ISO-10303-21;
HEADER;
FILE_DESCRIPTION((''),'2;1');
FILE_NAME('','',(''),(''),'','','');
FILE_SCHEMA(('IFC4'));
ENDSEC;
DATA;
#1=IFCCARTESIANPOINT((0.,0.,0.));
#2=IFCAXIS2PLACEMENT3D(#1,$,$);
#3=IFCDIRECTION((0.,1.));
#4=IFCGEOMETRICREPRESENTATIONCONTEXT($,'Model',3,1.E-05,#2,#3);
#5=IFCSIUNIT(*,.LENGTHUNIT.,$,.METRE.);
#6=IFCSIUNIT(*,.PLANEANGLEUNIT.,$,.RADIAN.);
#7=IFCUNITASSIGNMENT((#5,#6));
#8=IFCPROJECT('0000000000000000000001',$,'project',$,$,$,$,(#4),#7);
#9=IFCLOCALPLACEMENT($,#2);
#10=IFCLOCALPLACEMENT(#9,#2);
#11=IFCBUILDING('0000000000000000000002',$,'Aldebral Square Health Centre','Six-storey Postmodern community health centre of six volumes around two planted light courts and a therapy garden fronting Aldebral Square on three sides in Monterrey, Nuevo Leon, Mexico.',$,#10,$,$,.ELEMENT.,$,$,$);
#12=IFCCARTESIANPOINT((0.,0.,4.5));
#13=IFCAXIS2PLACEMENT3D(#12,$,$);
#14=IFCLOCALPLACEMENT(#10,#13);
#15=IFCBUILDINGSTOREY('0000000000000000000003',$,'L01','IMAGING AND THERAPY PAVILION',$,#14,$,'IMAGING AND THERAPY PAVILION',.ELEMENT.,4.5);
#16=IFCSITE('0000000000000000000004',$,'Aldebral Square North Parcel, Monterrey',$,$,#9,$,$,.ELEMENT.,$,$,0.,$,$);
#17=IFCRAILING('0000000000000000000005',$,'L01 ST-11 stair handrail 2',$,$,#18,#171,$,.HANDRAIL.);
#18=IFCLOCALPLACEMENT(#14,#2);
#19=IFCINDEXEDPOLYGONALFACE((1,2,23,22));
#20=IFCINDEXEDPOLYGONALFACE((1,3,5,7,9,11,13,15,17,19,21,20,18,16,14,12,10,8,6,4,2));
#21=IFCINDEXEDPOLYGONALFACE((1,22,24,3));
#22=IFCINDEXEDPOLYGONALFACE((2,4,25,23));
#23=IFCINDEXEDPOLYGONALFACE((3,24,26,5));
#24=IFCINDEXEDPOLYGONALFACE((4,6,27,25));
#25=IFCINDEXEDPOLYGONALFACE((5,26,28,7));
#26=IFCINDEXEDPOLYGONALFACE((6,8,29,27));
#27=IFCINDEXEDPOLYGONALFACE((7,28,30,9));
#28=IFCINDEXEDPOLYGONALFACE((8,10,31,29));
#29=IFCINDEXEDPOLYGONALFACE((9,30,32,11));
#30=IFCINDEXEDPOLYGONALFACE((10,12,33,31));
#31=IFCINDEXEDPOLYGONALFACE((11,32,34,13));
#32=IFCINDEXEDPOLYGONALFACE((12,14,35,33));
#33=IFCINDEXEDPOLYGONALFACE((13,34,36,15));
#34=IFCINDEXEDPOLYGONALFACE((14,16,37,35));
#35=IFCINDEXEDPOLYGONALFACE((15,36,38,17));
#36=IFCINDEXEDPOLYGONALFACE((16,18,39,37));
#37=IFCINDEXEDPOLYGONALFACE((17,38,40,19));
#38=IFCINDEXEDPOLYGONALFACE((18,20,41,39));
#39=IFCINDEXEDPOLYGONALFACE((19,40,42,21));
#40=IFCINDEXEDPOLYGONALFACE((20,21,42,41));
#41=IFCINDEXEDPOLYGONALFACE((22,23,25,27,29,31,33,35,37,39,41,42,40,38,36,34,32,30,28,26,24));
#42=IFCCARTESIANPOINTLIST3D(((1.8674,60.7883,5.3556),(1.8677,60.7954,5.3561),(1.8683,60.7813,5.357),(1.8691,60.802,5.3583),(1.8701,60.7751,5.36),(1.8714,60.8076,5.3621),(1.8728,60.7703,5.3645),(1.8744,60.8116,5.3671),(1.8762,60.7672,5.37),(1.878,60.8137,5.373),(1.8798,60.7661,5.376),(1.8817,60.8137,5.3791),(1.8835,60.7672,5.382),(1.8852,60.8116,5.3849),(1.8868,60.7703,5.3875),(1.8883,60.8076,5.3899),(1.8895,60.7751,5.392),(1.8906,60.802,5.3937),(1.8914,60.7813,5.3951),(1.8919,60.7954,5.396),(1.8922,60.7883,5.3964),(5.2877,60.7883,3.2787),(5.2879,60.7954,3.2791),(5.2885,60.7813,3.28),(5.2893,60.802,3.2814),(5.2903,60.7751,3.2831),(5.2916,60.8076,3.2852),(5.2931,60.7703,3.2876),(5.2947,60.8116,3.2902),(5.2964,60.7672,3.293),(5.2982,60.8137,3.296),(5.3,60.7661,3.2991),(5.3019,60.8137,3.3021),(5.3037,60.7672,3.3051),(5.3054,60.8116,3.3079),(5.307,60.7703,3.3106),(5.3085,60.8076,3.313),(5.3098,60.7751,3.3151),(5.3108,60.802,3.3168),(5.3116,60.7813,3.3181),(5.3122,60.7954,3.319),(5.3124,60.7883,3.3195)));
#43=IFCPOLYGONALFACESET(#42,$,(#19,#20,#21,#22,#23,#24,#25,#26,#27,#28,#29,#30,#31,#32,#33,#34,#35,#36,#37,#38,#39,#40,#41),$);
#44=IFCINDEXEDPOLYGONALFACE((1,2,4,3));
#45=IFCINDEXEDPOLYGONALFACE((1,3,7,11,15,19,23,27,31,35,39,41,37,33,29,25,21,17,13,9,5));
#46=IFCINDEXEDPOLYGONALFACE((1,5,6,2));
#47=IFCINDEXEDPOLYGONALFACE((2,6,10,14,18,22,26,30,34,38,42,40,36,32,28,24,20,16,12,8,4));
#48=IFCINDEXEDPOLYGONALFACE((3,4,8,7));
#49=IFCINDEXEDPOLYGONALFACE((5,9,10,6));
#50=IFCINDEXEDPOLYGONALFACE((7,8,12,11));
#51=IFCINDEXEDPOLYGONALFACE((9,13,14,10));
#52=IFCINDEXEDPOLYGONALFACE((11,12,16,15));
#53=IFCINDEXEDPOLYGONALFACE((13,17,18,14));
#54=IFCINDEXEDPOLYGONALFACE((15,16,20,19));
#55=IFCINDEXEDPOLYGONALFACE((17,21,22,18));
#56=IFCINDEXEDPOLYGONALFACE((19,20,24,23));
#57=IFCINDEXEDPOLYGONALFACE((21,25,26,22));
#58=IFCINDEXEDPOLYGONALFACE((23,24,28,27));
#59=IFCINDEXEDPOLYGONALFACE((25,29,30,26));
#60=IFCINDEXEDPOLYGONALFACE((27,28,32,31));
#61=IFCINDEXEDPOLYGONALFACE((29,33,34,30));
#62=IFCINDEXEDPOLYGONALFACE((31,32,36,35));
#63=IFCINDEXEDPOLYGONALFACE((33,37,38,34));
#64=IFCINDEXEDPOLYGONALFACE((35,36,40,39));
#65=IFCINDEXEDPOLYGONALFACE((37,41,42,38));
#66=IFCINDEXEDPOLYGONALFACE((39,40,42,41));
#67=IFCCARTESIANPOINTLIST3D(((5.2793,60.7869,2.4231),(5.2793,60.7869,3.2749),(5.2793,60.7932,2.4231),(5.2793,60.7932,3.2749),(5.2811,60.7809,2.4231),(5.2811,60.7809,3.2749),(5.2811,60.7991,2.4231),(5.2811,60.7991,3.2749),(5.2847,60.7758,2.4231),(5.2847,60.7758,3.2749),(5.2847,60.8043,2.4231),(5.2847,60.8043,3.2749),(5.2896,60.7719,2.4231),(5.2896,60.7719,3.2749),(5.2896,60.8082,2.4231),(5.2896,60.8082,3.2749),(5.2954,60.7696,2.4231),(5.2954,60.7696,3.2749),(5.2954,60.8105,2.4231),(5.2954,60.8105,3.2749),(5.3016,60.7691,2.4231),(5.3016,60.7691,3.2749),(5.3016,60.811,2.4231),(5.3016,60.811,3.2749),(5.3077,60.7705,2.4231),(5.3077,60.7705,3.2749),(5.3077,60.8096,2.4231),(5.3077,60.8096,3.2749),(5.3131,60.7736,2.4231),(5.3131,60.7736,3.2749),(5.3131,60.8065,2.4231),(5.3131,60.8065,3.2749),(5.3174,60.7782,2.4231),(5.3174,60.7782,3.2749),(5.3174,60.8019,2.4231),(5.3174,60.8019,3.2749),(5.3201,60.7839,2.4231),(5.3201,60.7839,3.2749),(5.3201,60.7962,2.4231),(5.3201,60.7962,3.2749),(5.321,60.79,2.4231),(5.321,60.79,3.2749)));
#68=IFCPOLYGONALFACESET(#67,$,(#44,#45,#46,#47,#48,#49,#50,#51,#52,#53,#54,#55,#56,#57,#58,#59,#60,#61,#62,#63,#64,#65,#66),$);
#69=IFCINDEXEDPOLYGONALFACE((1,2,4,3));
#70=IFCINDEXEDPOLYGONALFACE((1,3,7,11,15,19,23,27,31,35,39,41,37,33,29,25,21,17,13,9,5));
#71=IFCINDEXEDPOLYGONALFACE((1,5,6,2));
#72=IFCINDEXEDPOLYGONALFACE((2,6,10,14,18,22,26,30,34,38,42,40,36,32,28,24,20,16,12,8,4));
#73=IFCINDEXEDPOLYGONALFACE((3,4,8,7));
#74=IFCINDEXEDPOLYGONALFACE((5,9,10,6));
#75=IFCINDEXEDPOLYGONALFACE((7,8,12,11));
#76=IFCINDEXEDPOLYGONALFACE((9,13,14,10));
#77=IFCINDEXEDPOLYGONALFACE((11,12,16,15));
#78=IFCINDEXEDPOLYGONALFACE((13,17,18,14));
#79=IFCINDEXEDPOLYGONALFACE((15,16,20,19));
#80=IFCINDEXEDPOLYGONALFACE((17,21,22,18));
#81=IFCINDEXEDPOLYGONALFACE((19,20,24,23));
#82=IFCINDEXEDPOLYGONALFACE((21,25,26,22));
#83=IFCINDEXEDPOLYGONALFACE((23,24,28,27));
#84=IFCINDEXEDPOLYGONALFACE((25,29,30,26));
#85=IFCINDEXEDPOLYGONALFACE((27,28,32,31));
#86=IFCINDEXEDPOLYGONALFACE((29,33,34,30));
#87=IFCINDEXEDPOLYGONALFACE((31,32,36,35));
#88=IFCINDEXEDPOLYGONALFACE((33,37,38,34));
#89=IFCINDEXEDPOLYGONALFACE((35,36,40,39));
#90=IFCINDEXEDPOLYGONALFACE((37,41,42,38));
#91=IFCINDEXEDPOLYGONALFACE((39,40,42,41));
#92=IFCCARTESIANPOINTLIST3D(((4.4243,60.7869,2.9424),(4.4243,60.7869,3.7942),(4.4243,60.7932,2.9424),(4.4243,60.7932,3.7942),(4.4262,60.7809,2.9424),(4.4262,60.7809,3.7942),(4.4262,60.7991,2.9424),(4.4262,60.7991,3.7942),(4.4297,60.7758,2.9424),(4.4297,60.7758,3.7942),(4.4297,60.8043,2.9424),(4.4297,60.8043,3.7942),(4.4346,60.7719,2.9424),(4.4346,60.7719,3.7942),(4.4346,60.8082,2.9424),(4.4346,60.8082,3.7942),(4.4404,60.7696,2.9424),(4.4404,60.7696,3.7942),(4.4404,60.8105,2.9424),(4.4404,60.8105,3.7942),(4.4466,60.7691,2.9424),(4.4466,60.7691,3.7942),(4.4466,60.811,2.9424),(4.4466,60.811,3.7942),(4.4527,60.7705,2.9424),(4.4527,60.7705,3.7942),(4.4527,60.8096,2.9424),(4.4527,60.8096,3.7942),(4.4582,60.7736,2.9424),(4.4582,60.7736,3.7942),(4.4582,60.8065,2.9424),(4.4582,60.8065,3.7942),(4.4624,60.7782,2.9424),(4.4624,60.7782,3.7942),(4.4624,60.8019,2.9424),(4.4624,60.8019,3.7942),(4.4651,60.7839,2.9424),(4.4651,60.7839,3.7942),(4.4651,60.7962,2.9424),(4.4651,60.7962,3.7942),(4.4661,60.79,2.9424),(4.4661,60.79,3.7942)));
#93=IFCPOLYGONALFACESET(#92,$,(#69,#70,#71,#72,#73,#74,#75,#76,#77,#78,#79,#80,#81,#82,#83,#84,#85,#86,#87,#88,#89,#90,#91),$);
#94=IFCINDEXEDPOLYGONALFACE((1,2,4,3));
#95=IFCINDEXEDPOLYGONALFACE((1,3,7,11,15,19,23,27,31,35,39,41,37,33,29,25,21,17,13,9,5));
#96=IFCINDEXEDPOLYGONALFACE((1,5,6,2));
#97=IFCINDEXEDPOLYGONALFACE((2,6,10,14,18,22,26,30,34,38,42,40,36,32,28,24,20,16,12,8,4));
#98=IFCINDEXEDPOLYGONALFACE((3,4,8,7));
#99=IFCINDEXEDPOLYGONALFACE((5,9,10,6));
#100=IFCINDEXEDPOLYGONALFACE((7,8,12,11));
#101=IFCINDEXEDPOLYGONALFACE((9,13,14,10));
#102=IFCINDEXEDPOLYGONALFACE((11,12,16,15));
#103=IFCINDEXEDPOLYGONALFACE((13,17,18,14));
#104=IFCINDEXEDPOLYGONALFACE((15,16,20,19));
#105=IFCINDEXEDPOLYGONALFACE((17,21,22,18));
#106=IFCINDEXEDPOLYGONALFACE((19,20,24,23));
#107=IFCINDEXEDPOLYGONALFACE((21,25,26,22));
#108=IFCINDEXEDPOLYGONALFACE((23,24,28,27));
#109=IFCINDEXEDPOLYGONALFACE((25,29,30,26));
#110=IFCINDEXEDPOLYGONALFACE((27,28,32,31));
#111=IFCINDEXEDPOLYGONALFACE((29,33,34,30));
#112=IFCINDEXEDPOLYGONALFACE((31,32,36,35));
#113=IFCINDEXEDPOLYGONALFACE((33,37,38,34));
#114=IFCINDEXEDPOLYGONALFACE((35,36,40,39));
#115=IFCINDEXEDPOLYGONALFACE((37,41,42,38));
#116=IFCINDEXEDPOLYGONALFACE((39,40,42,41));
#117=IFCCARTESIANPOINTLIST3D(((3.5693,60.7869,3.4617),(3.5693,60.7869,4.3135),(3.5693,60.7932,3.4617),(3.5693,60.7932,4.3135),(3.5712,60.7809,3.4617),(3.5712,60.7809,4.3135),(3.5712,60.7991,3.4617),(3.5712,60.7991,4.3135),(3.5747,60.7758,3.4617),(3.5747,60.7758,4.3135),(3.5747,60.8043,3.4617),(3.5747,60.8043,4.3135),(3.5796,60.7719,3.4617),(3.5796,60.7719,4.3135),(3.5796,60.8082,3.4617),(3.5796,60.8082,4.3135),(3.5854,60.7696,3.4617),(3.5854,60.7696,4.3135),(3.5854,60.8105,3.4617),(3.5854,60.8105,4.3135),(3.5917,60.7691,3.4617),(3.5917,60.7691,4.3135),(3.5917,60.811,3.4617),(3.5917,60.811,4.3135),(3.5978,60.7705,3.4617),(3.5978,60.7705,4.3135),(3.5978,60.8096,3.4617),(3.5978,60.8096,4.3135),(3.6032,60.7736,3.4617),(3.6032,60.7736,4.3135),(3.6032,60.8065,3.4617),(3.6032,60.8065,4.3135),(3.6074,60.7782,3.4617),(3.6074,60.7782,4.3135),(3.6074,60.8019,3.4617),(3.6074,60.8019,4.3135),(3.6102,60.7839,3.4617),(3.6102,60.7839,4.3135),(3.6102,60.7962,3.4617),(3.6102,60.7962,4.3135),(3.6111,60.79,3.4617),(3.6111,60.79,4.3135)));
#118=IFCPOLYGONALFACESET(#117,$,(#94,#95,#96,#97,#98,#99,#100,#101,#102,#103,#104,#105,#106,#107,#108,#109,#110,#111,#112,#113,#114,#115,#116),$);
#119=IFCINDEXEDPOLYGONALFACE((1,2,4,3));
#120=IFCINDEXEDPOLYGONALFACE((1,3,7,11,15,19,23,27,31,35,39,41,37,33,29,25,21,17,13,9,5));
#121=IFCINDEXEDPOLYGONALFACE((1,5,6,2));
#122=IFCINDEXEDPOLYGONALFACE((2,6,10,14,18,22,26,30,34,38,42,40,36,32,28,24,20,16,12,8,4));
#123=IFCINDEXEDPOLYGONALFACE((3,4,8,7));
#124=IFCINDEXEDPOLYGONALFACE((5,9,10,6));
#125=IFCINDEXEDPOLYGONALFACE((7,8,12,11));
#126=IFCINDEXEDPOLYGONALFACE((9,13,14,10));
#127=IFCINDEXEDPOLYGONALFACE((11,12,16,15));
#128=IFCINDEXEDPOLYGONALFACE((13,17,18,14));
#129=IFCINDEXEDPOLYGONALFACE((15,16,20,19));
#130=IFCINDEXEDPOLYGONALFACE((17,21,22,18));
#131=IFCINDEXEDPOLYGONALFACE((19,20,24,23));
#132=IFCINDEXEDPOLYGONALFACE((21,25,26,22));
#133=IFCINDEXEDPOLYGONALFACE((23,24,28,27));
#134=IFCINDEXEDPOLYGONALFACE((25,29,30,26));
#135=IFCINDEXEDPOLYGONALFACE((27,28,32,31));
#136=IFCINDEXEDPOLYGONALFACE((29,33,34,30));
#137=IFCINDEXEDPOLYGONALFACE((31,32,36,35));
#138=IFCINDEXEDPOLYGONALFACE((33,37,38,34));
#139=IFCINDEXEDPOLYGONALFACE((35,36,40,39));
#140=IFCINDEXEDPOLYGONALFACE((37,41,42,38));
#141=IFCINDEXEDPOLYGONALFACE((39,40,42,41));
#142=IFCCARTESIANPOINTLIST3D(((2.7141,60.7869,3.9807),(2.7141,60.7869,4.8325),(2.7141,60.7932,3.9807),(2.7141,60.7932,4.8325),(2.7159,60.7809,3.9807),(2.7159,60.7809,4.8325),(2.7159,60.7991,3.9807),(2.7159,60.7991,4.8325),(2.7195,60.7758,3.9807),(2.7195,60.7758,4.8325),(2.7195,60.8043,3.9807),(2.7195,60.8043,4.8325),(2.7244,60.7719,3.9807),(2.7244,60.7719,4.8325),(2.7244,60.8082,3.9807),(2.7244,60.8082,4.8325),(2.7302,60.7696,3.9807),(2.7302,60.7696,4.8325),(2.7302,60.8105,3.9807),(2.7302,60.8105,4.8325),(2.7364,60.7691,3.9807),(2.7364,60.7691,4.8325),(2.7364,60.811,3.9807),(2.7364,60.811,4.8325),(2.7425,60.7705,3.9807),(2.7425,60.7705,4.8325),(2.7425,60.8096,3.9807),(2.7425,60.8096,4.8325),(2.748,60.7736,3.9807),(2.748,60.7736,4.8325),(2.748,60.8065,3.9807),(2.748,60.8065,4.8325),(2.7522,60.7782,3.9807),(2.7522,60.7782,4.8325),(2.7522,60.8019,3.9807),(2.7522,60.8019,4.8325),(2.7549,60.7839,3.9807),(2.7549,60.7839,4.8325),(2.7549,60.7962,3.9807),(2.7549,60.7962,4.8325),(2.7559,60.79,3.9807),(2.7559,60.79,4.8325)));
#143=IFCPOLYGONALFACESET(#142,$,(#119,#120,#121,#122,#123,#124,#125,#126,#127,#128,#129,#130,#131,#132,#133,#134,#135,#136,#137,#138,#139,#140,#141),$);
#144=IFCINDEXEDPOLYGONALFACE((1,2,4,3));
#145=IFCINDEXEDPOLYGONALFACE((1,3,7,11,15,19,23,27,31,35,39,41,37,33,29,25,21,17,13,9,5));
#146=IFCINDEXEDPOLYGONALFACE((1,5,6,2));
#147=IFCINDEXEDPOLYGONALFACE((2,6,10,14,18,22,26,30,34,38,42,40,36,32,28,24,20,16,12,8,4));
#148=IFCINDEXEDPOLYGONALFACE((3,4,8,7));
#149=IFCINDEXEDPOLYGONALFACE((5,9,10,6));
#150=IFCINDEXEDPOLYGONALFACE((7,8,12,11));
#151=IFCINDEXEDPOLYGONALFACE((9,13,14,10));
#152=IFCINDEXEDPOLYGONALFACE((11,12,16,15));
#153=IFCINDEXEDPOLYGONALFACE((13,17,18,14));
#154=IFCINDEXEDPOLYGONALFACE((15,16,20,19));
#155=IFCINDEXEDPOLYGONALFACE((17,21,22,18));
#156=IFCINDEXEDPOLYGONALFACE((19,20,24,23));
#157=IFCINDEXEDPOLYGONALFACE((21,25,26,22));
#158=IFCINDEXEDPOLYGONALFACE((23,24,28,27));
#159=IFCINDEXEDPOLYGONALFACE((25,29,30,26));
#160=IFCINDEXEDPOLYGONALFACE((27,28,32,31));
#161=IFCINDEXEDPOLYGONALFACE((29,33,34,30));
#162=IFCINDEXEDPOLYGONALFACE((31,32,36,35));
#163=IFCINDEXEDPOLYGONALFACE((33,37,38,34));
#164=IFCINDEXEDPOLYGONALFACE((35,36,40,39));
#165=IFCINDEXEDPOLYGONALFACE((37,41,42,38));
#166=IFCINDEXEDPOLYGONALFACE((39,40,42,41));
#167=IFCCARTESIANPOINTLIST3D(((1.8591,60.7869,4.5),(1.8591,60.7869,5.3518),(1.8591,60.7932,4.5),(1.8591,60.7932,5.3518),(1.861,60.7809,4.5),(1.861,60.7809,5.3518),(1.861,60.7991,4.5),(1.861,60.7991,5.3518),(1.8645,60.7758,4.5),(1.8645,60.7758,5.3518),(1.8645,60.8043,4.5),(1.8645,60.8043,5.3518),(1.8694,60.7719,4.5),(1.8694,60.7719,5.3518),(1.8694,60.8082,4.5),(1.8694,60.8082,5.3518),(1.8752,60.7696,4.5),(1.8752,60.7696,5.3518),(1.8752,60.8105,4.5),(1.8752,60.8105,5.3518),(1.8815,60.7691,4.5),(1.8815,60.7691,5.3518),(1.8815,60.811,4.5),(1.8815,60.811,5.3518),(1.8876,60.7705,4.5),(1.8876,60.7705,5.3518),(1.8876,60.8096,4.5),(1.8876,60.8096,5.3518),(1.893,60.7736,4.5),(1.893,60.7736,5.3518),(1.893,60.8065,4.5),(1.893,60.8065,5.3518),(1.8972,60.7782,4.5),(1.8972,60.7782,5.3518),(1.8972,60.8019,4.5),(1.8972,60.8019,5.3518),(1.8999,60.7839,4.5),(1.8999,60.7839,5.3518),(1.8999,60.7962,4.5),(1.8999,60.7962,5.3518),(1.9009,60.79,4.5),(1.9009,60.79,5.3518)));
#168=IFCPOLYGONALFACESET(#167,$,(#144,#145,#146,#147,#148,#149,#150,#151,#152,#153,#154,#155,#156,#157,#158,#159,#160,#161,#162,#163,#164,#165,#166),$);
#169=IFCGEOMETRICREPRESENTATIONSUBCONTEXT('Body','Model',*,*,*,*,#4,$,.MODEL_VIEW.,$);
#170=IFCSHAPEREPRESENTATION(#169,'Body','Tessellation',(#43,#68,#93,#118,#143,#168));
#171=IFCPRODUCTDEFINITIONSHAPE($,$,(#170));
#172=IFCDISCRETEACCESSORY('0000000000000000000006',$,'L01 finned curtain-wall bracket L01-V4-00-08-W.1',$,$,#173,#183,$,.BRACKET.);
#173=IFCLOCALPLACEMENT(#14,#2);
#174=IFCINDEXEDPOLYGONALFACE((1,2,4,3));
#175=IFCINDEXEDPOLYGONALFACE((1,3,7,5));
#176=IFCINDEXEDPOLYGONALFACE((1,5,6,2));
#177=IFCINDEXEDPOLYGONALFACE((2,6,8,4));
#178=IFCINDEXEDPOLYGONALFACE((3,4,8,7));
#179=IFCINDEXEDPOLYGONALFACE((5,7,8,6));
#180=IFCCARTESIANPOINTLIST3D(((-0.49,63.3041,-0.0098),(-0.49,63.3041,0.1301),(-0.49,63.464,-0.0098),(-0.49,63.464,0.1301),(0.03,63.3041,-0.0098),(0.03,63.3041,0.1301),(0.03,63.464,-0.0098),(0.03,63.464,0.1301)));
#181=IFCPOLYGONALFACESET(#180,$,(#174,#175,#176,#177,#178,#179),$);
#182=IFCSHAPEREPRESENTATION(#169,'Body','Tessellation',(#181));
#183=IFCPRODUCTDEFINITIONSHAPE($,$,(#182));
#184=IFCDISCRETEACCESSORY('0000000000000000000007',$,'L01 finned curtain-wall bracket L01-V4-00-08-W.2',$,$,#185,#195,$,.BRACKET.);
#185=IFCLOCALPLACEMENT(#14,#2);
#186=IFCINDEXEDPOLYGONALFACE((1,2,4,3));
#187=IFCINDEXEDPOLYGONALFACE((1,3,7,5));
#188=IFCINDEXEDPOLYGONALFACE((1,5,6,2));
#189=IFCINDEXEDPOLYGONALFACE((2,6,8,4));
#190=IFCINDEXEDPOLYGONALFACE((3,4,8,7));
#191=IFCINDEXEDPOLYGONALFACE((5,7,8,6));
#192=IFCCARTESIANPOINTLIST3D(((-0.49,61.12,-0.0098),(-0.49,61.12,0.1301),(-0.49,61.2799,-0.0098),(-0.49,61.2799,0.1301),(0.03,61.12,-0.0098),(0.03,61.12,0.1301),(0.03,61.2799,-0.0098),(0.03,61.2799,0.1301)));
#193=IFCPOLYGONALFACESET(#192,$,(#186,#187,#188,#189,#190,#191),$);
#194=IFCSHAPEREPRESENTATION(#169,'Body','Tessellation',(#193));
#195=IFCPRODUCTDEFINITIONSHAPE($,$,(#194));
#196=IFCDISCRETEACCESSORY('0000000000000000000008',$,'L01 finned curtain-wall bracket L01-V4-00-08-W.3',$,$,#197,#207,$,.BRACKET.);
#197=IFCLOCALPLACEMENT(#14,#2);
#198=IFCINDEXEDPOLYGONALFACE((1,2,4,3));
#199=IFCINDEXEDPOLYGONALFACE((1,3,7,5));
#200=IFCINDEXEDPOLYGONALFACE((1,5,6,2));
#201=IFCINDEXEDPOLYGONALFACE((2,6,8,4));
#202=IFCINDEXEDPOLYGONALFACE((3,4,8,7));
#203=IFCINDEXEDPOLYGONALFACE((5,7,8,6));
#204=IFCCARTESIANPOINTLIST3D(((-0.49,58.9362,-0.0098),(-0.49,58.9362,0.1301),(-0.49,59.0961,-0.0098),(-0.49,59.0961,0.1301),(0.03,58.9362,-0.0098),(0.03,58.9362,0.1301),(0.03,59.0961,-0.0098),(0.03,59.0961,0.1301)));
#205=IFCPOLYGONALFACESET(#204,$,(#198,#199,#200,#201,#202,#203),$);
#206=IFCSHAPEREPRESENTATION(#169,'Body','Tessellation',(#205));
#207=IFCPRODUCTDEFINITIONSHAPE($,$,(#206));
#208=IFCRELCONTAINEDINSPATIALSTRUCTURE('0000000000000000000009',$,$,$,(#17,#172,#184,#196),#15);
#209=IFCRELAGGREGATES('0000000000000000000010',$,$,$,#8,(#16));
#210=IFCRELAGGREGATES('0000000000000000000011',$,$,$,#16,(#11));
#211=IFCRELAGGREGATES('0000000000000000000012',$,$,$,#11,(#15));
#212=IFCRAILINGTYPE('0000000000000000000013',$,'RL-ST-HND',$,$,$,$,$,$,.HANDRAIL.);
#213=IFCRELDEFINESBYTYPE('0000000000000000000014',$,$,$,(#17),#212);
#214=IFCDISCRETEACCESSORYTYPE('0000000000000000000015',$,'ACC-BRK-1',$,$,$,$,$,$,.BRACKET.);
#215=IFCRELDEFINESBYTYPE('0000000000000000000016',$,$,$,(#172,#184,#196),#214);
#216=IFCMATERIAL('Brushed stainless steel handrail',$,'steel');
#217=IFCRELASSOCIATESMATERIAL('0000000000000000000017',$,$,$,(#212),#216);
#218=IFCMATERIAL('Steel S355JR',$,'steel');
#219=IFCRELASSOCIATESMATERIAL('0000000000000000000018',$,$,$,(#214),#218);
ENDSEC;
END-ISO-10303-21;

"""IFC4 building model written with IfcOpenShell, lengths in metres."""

from ifc_helpers import new_model, si_unit, direction, frame, origin, origin_2d, place, context, subcontext, project, spatial, rectangle, circle, extrude, material, type_object, element, save


model = new_model("IFC4")

# Units and contexts
model_context = context("Model", 3, precision=1e-05, world=origin(), true_north=direction((0.0, 1.0)))
body_context = subcontext(model_context, "Body", "Model", "MODEL_VIEW")
ifc_project = project(units=[si_unit("LENGTHUNIT", "METRE"), si_unit("PLANEANGLEUNIT", "RADIAN")], contexts=[model_context])

# Site, building, storey
site_placement = place(None, origin())
site = spatial("IfcSite", under=ifc_project, at=site_placement, Name="Aldebral Square North Parcel, Monterrey", CompositionType="ELEMENT", RefElevation=0.0)
building_placement = place(site_placement, origin())
building = spatial("IfcBuilding", under=site, at=building_placement, Name="Aldebral Square Health Centre", Description="Six-storey Postmodern community health centre of six volumes around two planted light courts and a therapy garden fronting Aldebral Square on three sides in Monterrey, Nuevo Leon, Mexico.", CompositionType="ELEMENT")
storey_placement = place(building_placement, frame((0.0, 0.0, 4.5)))
storey = spatial("IfcBuildingStorey", under=building, at=storey_placement, Name="L01", Description="IMAGING AND THERAPY PAVILION", LongName="IMAGING AND THERAPY PAVILION", CompositionType="ELEMENT", Elevation=4.5)

# Railing
ifc_material_1 = material(Name="Brushed stainless steel handrail", Category="steel")
railing_type_1 = type_object("IfcRailingType", Name="RL-ST-HND", PredefinedType="HANDRAIL", material=ifc_material_1)
railing_1_placement = place(storey_placement, frame((5.3, 60.79, 2.4231)))
element("IfcRailing", 1, at=railing_1_placement, inside=storey, type_object=railing_type_1, Name="L01 ST-11 stair handrail 2", PredefinedType="HANDRAIL", context=body_context, shape_type="SweptSolid", body=[
    extrude(circle(Radius=0.0239, at=origin_2d()), frame((0.0, 0.0, 0.876), z_axis=(-0.854746, 0.0, 0.519047), x_axis=(0.0, -1.0, 0.0)), (0.0, 0.0, 1.0), 4.0015),
    extrude(circle(Radius=0.021, at=origin_2d()), origin(), (0.0, 0.0, 1.0), 0.8518),
    extrude(circle(Radius=0.021, at=origin_2d()), frame((-0.855, 0.0, 0.5193)), (0.0, 0.0, 1.0), 0.8518),
    extrude(circle(Radius=0.021, at=origin_2d()), frame((-1.71, 0.0, 1.0386)), (0.0, 0.0, 1.0), 0.8518),
    extrude(circle(Radius=0.021, at=origin_2d()), frame((-2.5652, 0.0, 1.5576)), (0.0, 0.0, 1.0), 0.8518),
    extrude(circle(Radius=0.021, at=origin_2d()), frame((-3.4202, 0.0, 2.0769)), (0.0, 0.0, 1.0), 0.8518),
])

# Discrete accessories
ifc_material_2 = material(Name="Steel S355JR", Category="steel")
discrete_accessory_type = type_object("IfcDiscreteAccessoryType", Name="ACC-BRK-1", PredefinedType="BRACKET", material=ifc_material_2)
for number, where, z_axis, x_axis, name in (
    (2, (-0.23, 63.384, -0.0098), (0.0, 0.0, 1.0), (0.0, 1.0, 0.0), "L01 finned curtain-wall bracket L01-V4-00-08-W.1"),
    (3, (-0.23, 61.2, -0.0098), (0.0, 0.0, 1.0), (0.0, 1.0, 0.0), "L01 finned curtain-wall bracket L01-V4-00-08-W.2"),
    (4, (-0.23, 59.0161, -0.0098), (0.0, 0.0, 1.0), (0.0, 1.0, 0.0), "L01 finned curtain-wall bracket L01-V4-00-08-W.3"),
):
    element("IfcDiscreteAccessory", number, at=place(storey_placement, frame(where, z_axis=z_axis, x_axis=x_axis)), inside=storey, type_object=discrete_accessory_type, Name=name, PredefinedType="BRACKET", context=body_context, shape_type="SweptSolid", body=[
        extrude(rectangle(XDim=0.1599, YDim=0.52, at=origin_2d()), origin(), (0.0, 0.0, 1.0), 0.1399),
    ])

save(model, "model.ifc")
